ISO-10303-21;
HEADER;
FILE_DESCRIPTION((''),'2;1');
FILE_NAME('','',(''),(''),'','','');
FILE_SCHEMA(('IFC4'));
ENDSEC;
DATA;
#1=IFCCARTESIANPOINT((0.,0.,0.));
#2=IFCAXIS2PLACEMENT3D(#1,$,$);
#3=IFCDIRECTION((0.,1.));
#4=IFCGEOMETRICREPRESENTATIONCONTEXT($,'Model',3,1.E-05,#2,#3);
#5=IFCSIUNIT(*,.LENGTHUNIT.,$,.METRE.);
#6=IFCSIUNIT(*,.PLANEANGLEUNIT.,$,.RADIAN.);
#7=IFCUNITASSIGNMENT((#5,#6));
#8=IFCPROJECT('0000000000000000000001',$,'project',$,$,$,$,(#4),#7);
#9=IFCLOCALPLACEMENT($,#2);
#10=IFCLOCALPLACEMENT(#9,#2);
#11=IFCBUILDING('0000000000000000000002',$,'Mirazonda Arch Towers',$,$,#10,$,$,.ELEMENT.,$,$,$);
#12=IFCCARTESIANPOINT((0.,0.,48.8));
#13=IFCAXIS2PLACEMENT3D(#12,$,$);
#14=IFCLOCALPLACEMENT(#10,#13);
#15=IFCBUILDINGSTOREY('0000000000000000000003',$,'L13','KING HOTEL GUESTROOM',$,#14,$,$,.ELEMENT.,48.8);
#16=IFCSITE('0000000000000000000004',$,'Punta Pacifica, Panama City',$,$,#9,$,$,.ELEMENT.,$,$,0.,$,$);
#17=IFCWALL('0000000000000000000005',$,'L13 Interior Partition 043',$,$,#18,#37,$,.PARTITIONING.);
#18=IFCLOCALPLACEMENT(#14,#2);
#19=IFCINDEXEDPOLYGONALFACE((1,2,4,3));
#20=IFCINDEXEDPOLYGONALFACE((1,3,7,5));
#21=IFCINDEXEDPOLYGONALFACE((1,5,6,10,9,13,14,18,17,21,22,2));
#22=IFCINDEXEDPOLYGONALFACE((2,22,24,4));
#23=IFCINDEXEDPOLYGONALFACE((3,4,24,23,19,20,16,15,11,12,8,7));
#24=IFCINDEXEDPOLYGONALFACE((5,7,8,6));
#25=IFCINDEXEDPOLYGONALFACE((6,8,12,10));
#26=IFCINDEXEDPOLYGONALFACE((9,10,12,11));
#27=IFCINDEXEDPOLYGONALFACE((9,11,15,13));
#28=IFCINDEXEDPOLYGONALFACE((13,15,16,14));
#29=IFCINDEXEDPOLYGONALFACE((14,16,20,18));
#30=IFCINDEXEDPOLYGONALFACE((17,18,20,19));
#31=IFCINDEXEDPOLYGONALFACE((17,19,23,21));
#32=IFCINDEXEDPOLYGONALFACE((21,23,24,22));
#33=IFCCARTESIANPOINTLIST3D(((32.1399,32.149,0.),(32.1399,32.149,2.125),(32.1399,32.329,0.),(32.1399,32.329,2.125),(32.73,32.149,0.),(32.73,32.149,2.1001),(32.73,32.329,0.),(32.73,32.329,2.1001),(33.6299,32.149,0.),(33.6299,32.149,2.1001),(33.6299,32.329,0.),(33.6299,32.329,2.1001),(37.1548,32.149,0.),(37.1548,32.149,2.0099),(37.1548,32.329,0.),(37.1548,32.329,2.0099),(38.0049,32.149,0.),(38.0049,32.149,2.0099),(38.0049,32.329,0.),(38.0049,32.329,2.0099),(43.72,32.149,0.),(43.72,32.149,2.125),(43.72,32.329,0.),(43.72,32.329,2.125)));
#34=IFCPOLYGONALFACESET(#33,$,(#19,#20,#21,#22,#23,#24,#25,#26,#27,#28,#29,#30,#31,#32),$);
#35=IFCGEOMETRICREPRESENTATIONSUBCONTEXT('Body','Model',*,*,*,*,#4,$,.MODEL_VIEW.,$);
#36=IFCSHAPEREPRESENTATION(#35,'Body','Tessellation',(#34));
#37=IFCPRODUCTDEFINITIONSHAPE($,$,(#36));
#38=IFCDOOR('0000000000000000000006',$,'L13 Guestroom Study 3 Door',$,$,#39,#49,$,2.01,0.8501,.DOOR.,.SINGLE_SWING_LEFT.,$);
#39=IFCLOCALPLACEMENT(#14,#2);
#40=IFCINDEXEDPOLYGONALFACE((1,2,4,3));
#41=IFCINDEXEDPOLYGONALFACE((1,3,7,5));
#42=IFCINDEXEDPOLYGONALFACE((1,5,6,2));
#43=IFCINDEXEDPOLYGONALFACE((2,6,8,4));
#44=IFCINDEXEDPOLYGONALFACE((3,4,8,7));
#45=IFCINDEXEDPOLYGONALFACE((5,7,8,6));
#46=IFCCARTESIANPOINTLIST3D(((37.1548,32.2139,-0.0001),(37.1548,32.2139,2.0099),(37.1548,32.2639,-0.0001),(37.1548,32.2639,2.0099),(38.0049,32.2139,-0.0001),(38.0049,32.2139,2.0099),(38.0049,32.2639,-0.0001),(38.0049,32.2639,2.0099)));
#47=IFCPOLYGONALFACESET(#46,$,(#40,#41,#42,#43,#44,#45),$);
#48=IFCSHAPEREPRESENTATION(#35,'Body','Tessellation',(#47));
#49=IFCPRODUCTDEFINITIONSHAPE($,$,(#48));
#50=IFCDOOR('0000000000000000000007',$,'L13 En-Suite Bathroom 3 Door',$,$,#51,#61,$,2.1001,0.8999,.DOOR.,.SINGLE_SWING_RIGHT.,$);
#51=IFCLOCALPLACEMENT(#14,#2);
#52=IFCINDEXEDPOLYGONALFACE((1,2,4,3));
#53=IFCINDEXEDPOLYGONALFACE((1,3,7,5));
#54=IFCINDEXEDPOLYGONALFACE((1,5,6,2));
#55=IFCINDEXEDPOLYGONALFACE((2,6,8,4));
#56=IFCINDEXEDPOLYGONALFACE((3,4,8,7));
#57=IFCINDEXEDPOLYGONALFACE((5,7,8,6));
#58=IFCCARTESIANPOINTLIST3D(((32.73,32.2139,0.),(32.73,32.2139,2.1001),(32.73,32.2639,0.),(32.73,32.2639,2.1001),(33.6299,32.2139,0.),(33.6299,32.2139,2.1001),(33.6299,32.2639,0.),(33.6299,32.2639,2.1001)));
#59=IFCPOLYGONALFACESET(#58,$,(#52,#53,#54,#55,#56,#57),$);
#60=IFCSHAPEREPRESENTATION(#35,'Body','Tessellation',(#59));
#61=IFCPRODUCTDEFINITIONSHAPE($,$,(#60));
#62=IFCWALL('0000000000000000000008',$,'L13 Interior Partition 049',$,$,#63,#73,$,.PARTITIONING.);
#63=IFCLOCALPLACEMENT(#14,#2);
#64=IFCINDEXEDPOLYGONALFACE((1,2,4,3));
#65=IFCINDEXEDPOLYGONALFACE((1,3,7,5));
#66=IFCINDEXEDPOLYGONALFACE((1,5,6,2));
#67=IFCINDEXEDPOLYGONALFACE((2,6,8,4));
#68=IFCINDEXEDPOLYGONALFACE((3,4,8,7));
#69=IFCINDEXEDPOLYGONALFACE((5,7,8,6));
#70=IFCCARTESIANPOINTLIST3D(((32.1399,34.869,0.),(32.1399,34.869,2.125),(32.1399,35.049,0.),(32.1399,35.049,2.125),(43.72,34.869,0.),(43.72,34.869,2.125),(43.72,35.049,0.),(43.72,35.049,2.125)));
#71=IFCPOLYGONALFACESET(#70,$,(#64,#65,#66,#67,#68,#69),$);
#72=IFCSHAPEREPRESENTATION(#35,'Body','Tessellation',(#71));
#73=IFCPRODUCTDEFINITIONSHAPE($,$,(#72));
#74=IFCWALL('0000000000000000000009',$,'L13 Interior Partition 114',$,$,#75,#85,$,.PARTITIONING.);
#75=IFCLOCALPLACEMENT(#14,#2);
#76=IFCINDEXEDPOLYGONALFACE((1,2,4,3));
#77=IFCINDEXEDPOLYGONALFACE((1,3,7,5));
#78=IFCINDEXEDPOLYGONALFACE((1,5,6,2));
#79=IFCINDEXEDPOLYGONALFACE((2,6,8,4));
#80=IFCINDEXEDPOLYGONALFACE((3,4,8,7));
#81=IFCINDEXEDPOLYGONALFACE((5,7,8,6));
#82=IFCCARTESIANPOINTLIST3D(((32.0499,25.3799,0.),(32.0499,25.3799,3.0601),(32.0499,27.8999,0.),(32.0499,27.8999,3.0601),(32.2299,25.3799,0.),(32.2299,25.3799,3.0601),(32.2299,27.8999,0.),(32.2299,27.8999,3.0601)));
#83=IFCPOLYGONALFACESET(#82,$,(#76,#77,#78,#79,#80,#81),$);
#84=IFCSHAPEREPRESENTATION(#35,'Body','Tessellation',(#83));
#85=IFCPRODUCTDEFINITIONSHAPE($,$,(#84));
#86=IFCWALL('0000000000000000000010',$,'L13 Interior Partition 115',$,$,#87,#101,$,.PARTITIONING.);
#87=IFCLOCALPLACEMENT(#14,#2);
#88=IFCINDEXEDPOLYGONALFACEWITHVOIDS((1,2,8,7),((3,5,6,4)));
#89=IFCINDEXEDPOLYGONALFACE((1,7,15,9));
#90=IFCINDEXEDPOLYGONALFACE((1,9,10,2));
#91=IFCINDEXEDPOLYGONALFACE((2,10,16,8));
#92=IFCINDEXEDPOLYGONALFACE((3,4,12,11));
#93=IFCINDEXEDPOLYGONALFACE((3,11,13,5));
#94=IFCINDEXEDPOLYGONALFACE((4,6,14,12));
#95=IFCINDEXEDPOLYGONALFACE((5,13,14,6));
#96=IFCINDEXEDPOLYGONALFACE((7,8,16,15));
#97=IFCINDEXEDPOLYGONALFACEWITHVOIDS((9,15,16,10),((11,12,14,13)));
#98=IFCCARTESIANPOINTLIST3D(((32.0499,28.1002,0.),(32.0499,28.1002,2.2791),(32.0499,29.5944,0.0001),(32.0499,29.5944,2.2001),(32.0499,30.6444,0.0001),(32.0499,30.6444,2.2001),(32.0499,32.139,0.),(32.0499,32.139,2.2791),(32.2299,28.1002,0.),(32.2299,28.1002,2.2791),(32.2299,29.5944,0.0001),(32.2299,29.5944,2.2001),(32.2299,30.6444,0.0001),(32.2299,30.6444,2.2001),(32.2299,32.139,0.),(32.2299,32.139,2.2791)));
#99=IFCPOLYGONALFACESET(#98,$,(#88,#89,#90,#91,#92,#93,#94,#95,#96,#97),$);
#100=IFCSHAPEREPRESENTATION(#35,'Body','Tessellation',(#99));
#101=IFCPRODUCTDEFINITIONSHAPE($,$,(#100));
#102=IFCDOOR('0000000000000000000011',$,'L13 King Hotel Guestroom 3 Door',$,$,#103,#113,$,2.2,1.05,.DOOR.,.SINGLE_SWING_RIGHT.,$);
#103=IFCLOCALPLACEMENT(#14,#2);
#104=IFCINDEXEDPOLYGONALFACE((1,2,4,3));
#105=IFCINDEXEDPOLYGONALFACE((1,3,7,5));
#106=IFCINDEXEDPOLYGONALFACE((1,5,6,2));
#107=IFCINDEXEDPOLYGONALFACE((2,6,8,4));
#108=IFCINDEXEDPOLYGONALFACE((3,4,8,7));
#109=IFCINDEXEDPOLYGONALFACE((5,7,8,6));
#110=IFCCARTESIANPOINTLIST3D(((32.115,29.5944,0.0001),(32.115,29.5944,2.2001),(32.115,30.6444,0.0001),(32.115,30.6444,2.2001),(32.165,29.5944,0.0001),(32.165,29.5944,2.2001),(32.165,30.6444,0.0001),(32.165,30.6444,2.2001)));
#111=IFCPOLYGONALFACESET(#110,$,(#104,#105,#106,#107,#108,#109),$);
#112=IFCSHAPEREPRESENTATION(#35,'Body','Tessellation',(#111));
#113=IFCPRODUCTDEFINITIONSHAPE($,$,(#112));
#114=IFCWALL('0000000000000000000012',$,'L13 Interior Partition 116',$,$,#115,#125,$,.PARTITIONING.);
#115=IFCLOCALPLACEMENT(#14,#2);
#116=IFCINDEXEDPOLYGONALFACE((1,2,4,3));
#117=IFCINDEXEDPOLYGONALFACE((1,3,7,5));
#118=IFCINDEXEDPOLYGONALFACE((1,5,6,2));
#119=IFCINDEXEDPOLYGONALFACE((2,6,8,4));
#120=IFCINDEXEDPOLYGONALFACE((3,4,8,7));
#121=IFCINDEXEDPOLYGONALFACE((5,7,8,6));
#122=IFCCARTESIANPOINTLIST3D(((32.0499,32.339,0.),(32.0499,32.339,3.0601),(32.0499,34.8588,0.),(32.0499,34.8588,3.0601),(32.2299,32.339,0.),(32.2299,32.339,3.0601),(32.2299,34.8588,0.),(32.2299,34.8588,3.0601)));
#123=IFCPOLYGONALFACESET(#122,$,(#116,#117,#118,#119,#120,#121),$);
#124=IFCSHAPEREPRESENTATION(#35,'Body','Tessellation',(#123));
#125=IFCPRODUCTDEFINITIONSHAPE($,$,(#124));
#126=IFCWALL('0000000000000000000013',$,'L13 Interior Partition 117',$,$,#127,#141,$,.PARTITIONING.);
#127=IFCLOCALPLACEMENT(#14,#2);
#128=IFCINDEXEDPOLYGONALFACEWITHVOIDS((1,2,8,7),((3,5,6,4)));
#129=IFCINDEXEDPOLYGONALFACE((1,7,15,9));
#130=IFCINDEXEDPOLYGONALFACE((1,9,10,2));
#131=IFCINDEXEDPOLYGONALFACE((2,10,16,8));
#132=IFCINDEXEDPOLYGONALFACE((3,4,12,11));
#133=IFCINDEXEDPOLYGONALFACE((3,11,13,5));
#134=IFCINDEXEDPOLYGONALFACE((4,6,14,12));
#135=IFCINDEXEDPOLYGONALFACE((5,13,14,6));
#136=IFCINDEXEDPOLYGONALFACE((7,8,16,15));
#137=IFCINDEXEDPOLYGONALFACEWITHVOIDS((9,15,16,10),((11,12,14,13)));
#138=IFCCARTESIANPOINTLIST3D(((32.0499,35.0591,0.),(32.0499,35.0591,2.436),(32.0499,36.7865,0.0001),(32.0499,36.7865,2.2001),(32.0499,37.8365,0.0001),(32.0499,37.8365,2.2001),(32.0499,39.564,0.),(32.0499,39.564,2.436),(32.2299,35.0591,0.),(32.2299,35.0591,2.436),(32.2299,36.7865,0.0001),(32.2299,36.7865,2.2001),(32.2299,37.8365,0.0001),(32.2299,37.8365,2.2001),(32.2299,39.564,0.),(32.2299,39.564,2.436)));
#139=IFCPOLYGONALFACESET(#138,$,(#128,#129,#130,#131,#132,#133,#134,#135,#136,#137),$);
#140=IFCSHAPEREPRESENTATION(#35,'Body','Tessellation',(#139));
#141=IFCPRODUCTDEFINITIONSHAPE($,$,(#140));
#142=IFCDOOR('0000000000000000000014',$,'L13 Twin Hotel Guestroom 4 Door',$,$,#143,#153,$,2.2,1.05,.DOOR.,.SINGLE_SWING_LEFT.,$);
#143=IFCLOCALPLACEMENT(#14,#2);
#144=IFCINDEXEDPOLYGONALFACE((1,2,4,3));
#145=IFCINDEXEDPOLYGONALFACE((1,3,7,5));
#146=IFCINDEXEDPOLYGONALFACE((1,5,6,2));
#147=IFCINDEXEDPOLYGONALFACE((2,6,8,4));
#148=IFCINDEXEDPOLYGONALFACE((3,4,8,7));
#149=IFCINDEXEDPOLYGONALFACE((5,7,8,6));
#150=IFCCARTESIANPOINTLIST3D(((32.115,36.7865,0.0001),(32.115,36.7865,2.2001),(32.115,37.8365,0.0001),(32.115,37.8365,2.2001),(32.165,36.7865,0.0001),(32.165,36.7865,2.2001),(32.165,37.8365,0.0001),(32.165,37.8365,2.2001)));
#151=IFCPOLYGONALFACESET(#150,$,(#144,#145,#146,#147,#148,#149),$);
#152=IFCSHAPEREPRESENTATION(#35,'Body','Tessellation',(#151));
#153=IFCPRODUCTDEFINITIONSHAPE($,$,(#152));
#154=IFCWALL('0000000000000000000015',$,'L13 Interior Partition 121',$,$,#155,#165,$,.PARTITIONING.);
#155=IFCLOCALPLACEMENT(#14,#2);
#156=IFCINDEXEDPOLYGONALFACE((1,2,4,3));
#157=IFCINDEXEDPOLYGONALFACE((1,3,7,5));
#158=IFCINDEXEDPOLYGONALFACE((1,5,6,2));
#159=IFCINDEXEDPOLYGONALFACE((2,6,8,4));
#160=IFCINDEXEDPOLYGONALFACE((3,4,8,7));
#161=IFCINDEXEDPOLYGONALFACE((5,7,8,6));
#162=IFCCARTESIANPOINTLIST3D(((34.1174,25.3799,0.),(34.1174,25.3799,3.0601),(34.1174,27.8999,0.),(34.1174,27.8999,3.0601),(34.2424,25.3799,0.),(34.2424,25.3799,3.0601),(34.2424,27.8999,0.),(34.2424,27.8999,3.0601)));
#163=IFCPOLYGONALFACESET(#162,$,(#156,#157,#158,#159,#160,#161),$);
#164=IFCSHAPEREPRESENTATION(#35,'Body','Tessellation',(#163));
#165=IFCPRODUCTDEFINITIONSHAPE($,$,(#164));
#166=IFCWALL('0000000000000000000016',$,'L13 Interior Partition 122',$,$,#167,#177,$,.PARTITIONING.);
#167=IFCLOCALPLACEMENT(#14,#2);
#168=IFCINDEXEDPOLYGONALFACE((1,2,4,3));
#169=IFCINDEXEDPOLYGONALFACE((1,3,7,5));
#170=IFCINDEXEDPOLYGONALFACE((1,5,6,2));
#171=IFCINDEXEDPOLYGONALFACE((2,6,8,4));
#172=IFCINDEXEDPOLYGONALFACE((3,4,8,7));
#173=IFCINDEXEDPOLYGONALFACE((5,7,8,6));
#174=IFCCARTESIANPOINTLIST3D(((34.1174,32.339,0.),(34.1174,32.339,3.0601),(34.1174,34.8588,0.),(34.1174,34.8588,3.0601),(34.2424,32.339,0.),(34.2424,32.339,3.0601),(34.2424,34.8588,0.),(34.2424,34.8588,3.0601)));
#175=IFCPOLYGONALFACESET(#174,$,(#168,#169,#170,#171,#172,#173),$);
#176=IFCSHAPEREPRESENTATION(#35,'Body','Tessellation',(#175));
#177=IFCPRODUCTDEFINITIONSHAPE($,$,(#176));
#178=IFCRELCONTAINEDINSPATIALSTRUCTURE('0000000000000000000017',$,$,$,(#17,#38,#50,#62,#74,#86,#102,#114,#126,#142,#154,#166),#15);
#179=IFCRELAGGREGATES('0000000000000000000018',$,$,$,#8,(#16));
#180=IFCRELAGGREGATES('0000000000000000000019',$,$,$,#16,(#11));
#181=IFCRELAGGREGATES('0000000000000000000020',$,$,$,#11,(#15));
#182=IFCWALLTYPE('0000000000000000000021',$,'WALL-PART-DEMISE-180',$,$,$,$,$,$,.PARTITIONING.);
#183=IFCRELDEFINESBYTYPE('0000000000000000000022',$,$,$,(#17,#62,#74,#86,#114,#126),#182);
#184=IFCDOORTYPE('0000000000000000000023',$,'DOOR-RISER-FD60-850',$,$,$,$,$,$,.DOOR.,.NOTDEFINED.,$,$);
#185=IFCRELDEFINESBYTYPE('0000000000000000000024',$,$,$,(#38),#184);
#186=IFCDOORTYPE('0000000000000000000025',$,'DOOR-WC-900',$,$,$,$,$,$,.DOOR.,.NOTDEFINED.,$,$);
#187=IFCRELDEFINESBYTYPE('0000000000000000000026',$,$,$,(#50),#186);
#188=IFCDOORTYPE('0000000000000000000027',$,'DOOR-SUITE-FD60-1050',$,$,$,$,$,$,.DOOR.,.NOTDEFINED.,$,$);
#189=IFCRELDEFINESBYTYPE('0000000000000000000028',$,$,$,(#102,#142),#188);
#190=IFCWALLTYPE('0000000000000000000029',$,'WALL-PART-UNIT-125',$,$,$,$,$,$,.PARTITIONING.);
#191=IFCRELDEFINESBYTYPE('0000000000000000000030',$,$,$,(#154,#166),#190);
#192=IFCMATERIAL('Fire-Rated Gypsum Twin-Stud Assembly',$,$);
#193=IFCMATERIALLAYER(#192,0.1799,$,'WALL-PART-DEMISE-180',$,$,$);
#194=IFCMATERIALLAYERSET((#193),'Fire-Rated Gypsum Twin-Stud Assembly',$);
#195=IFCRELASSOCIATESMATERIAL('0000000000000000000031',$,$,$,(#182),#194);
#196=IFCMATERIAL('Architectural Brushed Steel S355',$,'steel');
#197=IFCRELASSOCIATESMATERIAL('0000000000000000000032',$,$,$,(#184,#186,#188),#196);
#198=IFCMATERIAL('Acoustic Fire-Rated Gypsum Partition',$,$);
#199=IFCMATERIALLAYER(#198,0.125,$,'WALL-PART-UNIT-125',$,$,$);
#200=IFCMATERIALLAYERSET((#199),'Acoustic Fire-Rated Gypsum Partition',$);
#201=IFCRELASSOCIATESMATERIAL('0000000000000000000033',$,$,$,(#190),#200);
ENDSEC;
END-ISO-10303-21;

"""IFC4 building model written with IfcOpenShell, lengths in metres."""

from ifc_helpers import new_model, si_unit, direction, frame, frame_2d, origin, place, context, subcontext, project, spatial, rectangle, extrude, material, layer, layer_set, type_object, element, fill, save


model = new_model("IFC4")

# Units and contexts
model_context = context("Model", 3, precision=1e-05, world=origin(), true_north=direction((0.0, 1.0)))
body_context = subcontext(model_context, "Body", "Model", "MODEL_VIEW")
ifc_project = project(units=[si_unit("LENGTHUNIT", "METRE"), si_unit("PLANEANGLEUNIT", "RADIAN")], contexts=[model_context])

# Site, building, storey
site_placement = place(None, origin())
site = spatial("IfcSite", under=ifc_project, at=site_placement, Name="Punta Pacifica, Panama City", CompositionType="ELEMENT", RefElevation=0.0)
building_placement = place(site_placement, origin())
building = spatial("IfcBuilding", under=site, at=building_placement, Name="Mirazonda Arch Towers", CompositionType="ELEMENT")
storey_placement = place(building_placement, frame((0.0, 0.0, 48.8)))
storey = spatial("IfcBuildingStorey", under=building, at=storey_placement, Name="L13", Description="KING HOTEL GUESTROOM", CompositionType="ELEMENT", Elevation=48.8)

# Shared definitions
ifc_material_1 = material(Name="Fire-Rated Gypsum Twin-Stud Assembly")
ifc_layer_1 = layer(ifc_material_1, 0.1799, Name="WALL-PART-DEMISE-180")
ifc_layer_set_1 = layer_set([ifc_layer_1], Name="Fire-Rated Gypsum Twin-Stud Assembly")
wall_type_1 = type_object("IfcWallType", Name="WALL-PART-DEMISE-180", PredefinedType="PARTITIONING", material=ifc_layer_set_1)
ifc_material_2 = material(Name="Architectural Brushed Steel S355", Category="steel")
door_type_1 = type_object("IfcDoorType", Name="DOOR-RISER-FD60-850", OperationType="NOTDEFINED", PredefinedType="DOOR", material=ifc_material_2)
door_type_2 = type_object("IfcDoorType", Name="DOOR-WC-900", OperationType="NOTDEFINED", PredefinedType="DOOR", material=ifc_material_2)

# Wall, openings, doors
wall_1_placement = place(storey_placement, frame((32.1399, 32.239, 0.0), z_axis=(0.0, 0.0, 1.0), x_axis=(1.0, 0.0, 0.0)))
wall_1 = element("IfcWall", 1, at=wall_1_placement, inside=storey, type_object=wall_type_1, Name="L13 Interior Partition 043", PredefinedType="PARTITIONING", context=body_context, shape_type="SweptSolid", body=[
    extrude(rectangle(XDim=11.5801, YDim=0.1799, at=frame_2d((5.79, 0.0))), origin(), (0.0, 0.0, 1.0), 2.125),
])
opening_1_placement = place(wall_1_placement, frame((5.0149, 0.0, 0.0)))
opening_1 = element("IfcOpeningElement", 2, at=opening_1_placement, cuts=wall_1, PredefinedType="OPENING", context=body_context, shape_type="SweptSolid", body=[
    extrude(rectangle(XDim=0.8501, YDim=2.01, at=frame_2d((0.425, 1.0049))), frame((0.0, 0.0999, 0.0), z_axis=(0.0, -1.0, 0.0), x_axis=(1.0, 0.0, 0.0)), (0.0, 0.0, 1.0), 0.2),
])
opening_2_placement = place(wall_1_placement, frame((0.5901, 0.0, 0.0)))
opening_2 = element("IfcOpeningElement", 3, at=opening_2_placement, cuts=wall_1, PredefinedType="OPENING", context=body_context, shape_type="SweptSolid", body=[
    extrude(rectangle(XDim=0.8999, YDim=2.1001, at=frame_2d((0.45, 1.05))), frame((0.0, 0.0999, 0.0), z_axis=(0.0, -1.0, 0.0), x_axis=(1.0, 0.0, 0.0)), (0.0, 0.0, 1.0), 0.2),
])
door_1_placement = place(opening_1_placement, origin())
door_1 = element("IfcDoor", 4, at=door_1_placement, inside=storey, type_object=door_type_1, Name="L13 Guestroom Study 3 Door", OperationType="SINGLE_SWING_LEFT", OverallHeight=2.01, OverallWidth=0.8501, PredefinedType="DOOR", context=body_context, shape_type="SweptSolid", body=[
    extrude(rectangle(XDim=0.8501, YDim=2.01, at=frame_2d((0.425, 1.0049))), frame((0.0, 0.0249, 0.0), z_axis=(0.0, -1.0, 0.0), x_axis=(1.0, 0.0, 0.0)), (0.0, 0.0, 1.0), 0.05),
])
fill(opening_1, door_1)
door_2_placement = place(opening_2_placement, origin())
door_2 = element("IfcDoor", 5, at=door_2_placement, inside=storey, type_object=door_type_2, Name="L13 En-Suite Bathroom 3 Door", OperationType="SINGLE_SWING_RIGHT", OverallHeight=2.1001, OverallWidth=0.8999, PredefinedType="DOOR", context=body_context, shape_type="SweptSolid", body=[
    extrude(rectangle(XDim=0.8999, YDim=2.1001, at=frame_2d((0.45, 1.05))), frame((0.0, 0.0249, 0.0), z_axis=(0.0, -1.0, 0.0), x_axis=(1.0, 0.0, 0.0)), (0.0, 0.0, 1.0), 0.05),
])
fill(opening_2, door_2)

# Walls
wall_2_placement = place(storey_placement, frame((32.1399, 34.959, 0.0), z_axis=(0.0, 0.0, 1.0), x_axis=(1.0, 0.0, 0.0)))
element("IfcWall", 6, at=wall_2_placement, inside=storey, type_object=wall_type_1, Name="L13 Interior Partition 049", PredefinedType="PARTITIONING", context=body_context, shape_type="SweptSolid", body=[
    extrude(rectangle(XDim=11.5801, YDim=0.1799, at=frame_2d((5.79, 0.0))), origin(), (0.0, 0.0, 1.0), 2.125),
])
wall_3_placement = place(storey_placement, frame((32.1399, 25.3799, 0.0), z_axis=(0.0, 0.0, 1.0), x_axis=(0.0, 1.0, 0.0)))
element("IfcWall", 7, at=wall_3_placement, inside=storey, type_object=wall_type_1, Name="L13 Interior Partition 114", PredefinedType="PARTITIONING", context=body_context, shape_type="SweptSolid", body=[
    extrude(rectangle(XDim=2.52, YDim=0.1799, at=frame_2d((1.26, 0.0))), origin(), (0.0, 0.0, 1.0), 3.0601),
])

# Wall, opening, door
wall_4_placement = place(storey_placement, frame((32.1399, 28.1001, 0.0), z_axis=(0.0, 0.0, 1.0), x_axis=(0.0, 1.0, 0.0)))
wall_4 = element("IfcWall", 8, at=wall_4_placement, inside=storey, type_object=wall_type_1, Name="L13 Interior Partition 115", PredefinedType="PARTITIONING", context=body_context, shape_type="SweptSolid", body=[
    extrude(rectangle(XDim=4.0388, YDim=0.1799, at=frame_2d((2.0195, 0.0))), origin(), (0.0, 0.0, 1.0), 2.2791),
])
opening_3_placement = place(wall_4_placement, frame((1.4944, 0.0, 0.0)))
opening_3 = element("IfcOpeningElement", 9, at=opening_3_placement, cuts=wall_4, PredefinedType="OPENING", context=body_context, shape_type="SweptSolid", body=[
    extrude(rectangle(XDim=1.05, YDim=2.2, at=frame_2d((0.5249, 1.1001))), frame((0.0, 0.0999, 0.0), z_axis=(0.0, -1.0, 0.0), x_axis=(1.0, 0.0, 0.0)), (0.0, 0.0, 1.0), 0.2),
])
door_type_3 = type_object("IfcDoorType", Name="DOOR-SUITE-FD60-1050", OperationType="NOTDEFINED", PredefinedType="DOOR", material=ifc_material_2)
door_3_placement = place(opening_3_placement, origin())
door_3 = element("IfcDoor", 10, at=door_3_placement, inside=storey, type_object=door_type_3, Name="L13 King Hotel Guestroom 3 Door", OperationType="SINGLE_SWING_RIGHT", OverallHeight=2.2, OverallWidth=1.05, PredefinedType="DOOR", context=body_context, shape_type="SweptSolid", body=[
    extrude(rectangle(XDim=1.05, YDim=2.2, at=frame_2d((0.5249, 1.1001))), frame((0.0, 0.0249, 0.0), z_axis=(0.0, -1.0, 0.0), x_axis=(1.0, 0.0, 0.0)), (0.0, 0.0, 1.0), 0.05),
])
fill(opening_3, door_3)

# Wall
wall_5_placement = place(storey_placement, frame((32.1399, 32.3391, 0.0), z_axis=(0.0, 0.0, 1.0), x_axis=(0.0, 1.0, 0.0)))
element("IfcWall", 11, at=wall_5_placement, inside=storey, type_object=wall_type_1, Name="L13 Interior Partition 116", PredefinedType="PARTITIONING", context=body_context, shape_type="SweptSolid", body=[
    extrude(rectangle(XDim=2.5198, YDim=0.1799, at=frame_2d((1.2598, 0.0))), origin(), (0.0, 0.0, 1.0), 3.0601),
])

# Wall, opening, door
wall_6_placement = place(storey_placement, frame((32.1399, 35.0591, 0.0), z_axis=(0.0, 0.0, 1.0), x_axis=(0.0, 1.0, 0.0)))
wall_6 = element("IfcWall", 12, at=wall_6_placement, inside=storey, type_object=wall_type_1, Name="L13 Interior Partition 117", PredefinedType="PARTITIONING", context=body_context, shape_type="SweptSolid", body=[
    extrude(rectangle(XDim=4.5049, YDim=0.1799, at=frame_2d((2.2524, 0.0))), origin(), (0.0, 0.0, 1.0), 2.436),
])
opening_4_placement = place(wall_6_placement, frame((1.7275, 0.0, 0.0)))
opening_4 = element("IfcOpeningElement", 13, at=opening_4_placement, cuts=wall_6, PredefinedType="OPENING", context=body_context, shape_type="SweptSolid", body=[
    extrude(rectangle(XDim=1.05, YDim=2.2, at=frame_2d((0.5249, 1.1001))), frame((0.0, 0.0999, 0.0), z_axis=(0.0, -1.0, 0.0), x_axis=(1.0, 0.0, 0.0)), (0.0, 0.0, 1.0), 0.2),
])
door_4_placement = place(opening_4_placement, origin())
door_4 = element("IfcDoor", 14, at=door_4_placement, inside=storey, type_object=door_type_3, Name="L13 Twin Hotel Guestroom 4 Door", OperationType="SINGLE_SWING_LEFT", OverallHeight=2.2, OverallWidth=1.05, PredefinedType="DOOR", context=body_context, shape_type="SweptSolid", body=[
    extrude(rectangle(XDim=1.05, YDim=2.2, at=frame_2d((0.5249, 1.1001))), frame((0.0, 0.0249, 0.0), z_axis=(0.0, -1.0, 0.0), x_axis=(1.0, 0.0, 0.0)), (0.0, 0.0, 1.0), 0.05),
])
fill(opening_4, door_4)

# Walls
ifc_material_3 = material(Name="Acoustic Fire-Rated Gypsum Partition")
ifc_layer_2 = layer(ifc_material_3, 0.125, Name="WALL-PART-UNIT-125")
ifc_layer_set_2 = layer_set([ifc_layer_2], Name="Acoustic Fire-Rated Gypsum Partition")
wall_type_2 = type_object("IfcWallType", Name="WALL-PART-UNIT-125", PredefinedType="PARTITIONING", material=ifc_layer_set_2)
wall_7_placement = place(storey_placement, frame((34.1799, 25.3799, 0.0), z_axis=(0.0, 0.0, 1.0), x_axis=(0.0, 1.0, 0.0)))
element("IfcWall", 15, at=wall_7_placement, inside=storey, type_object=wall_type_2, Name="L13 Interior Partition 121", PredefinedType="PARTITIONING", context=body_context, shape_type="SweptSolid", body=[
    extrude(rectangle(XDim=2.52, YDim=0.125, at=frame_2d((1.26, 0.0))), origin(), (0.0, 0.0, 1.0), 3.0601),
])
wall_8_placement = place(storey_placement, frame((34.1799, 32.3391, 0.0), z_axis=(0.0, 0.0, 1.0), x_axis=(0.0, 1.0, 0.0)))
element("IfcWall", 16, at=wall_8_placement, inside=storey, type_object=wall_type_2, Name="L13 Interior Partition 122", PredefinedType="PARTITIONING", context=body_context, shape_type="SweptSolid", body=[
    extrude(rectangle(XDim=2.5198, YDim=0.125, at=frame_2d((1.2598, 0.0))), origin(), (0.0, 0.0, 1.0), 3.0601),
])

save(model, "model.ifc")
